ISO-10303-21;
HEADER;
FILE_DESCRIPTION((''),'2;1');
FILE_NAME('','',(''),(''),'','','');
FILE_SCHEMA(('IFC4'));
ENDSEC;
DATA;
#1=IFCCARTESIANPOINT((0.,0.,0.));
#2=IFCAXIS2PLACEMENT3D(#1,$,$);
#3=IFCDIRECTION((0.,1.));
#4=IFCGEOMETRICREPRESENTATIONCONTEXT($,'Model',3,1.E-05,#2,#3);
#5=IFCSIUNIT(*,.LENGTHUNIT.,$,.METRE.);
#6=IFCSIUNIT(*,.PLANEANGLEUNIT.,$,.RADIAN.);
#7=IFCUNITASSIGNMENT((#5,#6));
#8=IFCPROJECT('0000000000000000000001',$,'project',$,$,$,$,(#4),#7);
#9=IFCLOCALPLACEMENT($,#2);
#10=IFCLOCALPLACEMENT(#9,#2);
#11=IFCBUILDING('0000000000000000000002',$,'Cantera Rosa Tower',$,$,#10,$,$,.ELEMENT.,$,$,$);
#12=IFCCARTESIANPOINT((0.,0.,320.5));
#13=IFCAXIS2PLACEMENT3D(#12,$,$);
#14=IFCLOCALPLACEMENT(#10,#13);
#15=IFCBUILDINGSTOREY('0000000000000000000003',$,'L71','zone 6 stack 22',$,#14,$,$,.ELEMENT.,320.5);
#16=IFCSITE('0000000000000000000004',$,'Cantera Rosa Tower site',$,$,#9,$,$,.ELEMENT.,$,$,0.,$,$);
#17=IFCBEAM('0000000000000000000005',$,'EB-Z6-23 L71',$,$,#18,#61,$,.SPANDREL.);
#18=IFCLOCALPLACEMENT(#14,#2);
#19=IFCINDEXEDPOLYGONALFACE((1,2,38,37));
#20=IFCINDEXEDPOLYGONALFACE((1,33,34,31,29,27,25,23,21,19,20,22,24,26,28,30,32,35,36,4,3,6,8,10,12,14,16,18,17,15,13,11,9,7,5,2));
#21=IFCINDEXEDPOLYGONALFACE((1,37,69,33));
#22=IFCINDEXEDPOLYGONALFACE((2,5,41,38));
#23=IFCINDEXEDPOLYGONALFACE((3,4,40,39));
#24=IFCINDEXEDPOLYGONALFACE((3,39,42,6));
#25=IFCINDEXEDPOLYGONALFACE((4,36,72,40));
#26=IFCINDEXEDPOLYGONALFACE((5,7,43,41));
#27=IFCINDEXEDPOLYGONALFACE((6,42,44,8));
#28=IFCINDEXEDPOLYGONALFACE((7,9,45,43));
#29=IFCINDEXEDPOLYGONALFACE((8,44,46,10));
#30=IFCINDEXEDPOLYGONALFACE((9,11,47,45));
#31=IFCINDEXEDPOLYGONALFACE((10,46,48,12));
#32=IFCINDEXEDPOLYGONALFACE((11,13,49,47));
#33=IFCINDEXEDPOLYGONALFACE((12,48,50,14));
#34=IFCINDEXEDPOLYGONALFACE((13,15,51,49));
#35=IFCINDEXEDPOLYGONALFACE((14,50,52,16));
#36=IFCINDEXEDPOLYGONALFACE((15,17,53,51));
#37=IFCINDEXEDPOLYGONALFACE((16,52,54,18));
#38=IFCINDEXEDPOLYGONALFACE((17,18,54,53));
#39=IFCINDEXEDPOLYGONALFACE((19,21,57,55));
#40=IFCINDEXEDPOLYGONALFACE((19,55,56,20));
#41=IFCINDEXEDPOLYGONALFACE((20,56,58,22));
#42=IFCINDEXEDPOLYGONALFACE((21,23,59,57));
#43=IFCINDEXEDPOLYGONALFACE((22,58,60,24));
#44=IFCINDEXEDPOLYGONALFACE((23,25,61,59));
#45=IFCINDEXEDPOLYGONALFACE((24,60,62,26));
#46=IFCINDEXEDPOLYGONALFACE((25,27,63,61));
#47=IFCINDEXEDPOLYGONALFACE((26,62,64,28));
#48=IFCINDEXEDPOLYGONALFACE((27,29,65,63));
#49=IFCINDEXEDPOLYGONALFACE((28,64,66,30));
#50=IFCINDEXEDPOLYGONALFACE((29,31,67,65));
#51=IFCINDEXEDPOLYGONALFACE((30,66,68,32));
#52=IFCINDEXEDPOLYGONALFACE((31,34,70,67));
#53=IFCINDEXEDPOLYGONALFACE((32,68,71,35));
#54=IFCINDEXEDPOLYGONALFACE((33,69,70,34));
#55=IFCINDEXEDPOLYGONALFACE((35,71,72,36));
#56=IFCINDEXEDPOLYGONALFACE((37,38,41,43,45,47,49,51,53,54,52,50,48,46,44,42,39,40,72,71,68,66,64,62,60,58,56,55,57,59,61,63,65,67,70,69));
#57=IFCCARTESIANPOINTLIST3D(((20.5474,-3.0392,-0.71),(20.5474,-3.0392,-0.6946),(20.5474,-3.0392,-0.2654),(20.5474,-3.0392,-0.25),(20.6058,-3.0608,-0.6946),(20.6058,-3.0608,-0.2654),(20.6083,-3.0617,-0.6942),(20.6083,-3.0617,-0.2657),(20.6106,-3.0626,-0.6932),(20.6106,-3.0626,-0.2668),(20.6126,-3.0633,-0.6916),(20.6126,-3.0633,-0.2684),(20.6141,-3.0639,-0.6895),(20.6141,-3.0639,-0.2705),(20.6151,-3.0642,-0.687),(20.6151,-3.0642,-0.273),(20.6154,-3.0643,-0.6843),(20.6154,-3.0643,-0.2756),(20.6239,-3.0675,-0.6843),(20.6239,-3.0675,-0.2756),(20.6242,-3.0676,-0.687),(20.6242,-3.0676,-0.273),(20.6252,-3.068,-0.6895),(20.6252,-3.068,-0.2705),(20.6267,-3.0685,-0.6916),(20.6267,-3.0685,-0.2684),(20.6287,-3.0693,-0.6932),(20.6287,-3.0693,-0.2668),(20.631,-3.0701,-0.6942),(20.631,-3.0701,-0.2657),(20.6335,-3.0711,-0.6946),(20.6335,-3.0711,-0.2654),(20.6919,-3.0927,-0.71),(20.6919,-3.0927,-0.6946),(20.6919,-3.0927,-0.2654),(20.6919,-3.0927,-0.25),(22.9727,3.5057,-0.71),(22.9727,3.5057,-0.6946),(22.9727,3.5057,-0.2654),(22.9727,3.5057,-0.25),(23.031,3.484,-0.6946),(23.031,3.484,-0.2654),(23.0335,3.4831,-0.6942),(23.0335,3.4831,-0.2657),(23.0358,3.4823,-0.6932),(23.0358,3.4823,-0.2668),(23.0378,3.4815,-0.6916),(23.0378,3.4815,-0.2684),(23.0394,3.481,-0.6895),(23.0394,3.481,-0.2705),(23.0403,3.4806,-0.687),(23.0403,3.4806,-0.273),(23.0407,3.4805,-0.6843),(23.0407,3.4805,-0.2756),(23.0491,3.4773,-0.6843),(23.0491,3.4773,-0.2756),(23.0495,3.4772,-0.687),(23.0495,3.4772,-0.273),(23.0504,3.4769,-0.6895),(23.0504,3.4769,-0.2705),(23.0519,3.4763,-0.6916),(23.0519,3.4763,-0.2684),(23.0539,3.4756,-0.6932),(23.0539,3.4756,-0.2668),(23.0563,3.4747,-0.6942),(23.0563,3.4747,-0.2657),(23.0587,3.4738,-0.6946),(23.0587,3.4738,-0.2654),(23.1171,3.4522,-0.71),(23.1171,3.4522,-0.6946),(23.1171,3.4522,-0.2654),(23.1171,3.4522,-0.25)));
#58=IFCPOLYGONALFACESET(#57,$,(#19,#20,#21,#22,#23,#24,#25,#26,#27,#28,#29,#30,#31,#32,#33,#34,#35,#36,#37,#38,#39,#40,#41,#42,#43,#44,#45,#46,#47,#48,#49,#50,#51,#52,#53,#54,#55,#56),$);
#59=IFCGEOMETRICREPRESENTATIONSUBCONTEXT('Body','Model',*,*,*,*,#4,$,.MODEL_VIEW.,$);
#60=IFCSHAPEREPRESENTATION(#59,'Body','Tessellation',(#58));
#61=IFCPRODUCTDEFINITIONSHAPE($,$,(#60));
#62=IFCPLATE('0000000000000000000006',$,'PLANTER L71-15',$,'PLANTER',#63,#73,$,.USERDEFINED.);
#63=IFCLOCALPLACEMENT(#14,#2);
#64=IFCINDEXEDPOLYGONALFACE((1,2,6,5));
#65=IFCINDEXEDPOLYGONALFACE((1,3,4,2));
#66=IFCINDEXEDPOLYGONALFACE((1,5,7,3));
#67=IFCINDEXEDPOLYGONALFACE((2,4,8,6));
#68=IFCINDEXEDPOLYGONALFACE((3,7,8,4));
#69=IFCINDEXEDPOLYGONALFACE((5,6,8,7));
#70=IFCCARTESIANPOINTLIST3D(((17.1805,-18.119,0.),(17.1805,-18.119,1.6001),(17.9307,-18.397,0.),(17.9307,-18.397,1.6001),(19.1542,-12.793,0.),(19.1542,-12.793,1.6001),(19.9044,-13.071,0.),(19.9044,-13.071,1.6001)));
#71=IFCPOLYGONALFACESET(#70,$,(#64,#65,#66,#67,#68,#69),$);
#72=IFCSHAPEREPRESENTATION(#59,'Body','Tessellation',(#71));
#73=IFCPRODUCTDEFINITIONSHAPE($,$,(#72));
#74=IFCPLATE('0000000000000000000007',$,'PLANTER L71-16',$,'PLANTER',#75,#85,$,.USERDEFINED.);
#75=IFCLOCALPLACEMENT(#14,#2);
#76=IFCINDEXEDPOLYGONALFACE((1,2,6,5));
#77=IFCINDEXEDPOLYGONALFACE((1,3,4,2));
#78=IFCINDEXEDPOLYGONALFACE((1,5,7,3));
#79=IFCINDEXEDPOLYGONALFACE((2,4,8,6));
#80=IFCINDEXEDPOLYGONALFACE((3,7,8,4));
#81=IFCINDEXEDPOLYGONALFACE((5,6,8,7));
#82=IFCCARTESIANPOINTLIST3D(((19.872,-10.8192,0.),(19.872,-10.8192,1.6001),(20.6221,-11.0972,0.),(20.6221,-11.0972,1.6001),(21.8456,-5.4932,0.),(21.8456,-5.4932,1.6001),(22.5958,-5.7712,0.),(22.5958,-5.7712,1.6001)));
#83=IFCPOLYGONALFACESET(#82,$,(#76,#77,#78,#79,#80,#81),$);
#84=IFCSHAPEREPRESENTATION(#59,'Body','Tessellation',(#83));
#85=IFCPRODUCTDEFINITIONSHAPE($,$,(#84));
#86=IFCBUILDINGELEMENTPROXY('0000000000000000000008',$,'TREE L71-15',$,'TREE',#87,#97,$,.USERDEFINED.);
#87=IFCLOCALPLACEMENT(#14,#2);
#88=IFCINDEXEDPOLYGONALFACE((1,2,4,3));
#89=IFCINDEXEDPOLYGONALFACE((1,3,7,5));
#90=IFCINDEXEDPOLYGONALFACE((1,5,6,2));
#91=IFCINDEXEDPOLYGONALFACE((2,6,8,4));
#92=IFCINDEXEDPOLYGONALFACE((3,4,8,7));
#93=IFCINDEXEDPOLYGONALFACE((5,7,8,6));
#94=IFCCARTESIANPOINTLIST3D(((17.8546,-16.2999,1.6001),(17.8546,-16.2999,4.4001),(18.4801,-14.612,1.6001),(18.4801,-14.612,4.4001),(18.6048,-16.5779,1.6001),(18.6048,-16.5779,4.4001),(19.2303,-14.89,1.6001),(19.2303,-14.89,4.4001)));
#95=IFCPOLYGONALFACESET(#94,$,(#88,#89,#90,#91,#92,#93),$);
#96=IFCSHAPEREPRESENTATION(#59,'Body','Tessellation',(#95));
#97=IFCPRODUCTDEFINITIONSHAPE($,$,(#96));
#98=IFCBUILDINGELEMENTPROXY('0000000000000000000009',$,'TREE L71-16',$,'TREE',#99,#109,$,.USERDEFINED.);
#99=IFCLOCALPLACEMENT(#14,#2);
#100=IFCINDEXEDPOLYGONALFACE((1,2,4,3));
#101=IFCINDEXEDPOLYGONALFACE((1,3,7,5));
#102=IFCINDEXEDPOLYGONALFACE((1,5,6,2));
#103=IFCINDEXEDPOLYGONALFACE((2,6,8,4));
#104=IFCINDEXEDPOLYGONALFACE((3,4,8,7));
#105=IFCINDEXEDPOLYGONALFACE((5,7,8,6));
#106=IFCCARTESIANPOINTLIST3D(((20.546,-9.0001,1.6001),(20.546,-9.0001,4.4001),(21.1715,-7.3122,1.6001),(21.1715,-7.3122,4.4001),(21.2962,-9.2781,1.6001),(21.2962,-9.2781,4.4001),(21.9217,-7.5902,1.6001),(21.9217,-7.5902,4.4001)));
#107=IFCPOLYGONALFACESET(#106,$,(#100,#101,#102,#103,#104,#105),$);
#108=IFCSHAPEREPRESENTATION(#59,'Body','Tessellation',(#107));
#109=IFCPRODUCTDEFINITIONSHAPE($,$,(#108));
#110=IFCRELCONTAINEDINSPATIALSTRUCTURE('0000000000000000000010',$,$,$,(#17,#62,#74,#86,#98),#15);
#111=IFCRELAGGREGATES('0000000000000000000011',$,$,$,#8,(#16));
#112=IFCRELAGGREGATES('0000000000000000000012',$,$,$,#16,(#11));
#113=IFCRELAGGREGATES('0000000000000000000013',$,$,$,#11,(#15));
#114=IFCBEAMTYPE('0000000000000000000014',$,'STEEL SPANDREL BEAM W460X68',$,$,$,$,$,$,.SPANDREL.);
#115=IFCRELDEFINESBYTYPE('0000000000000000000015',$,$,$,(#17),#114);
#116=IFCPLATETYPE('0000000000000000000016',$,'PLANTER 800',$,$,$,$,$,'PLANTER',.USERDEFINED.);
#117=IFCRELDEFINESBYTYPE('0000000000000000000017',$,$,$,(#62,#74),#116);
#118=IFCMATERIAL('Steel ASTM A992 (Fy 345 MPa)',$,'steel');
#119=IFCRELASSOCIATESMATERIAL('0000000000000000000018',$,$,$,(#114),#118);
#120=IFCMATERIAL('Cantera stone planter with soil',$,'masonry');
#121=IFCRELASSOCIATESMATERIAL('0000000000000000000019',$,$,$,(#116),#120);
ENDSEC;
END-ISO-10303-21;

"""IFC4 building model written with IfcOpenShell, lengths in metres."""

from ifc_helpers import new_model, si_unit, direction, frame, origin, origin_2d, place, context, subcontext, project, spatial, rectangle, i_section, extrude, material, material_profile, profile_set, type_object, element, save


model = new_model("IFC4")

# Units and contexts
model_context = context("Model", 3, precision=1e-05, world=origin(), true_north=direction((0.0, 1.0)))
body_context = subcontext(model_context, "Body", "Model", "MODEL_VIEW")
ifc_project = project(units=[si_unit("LENGTHUNIT", "METRE"), si_unit("PLANEANGLEUNIT", "RADIAN")], contexts=[model_context])

# Site, building, storey
site_placement = place(None, origin())
site = spatial("IfcSite", under=ifc_project, at=site_placement, Name="Cantera Rosa Tower site", CompositionType="ELEMENT", RefElevation=0.0)
building_placement = place(site_placement, origin())
building = spatial("IfcBuilding", under=site, at=building_placement, Name="Cantera Rosa Tower", CompositionType="ELEMENT")
storey_placement = place(building_placement, frame((0.0, 0.0, 320.5)))
storey = spatial("IfcBuildingStorey", under=building, at=storey_placement, Name="L71", Description="zone 6 stack 22", CompositionType="ELEMENT", Elevation=320.5)

# Beam
ifc_material_1 = material(Name="Steel ASTM A992 (Fy 345 MPa)", Category="steel")
ifc_material_profile_1 = material_profile(ifc_material_1, i_section(OverallWidth=0.1541, OverallDepth=0.46, WebThickness=0.009, FlangeThickness=0.0154, FilletRadius=0.0103, at=origin_2d()), Name="W460X68")
ifc_profile_set_1 = profile_set([ifc_material_profile_1], Name="Steel ASTM A992 (Fy 345 MPa)")
beam_type_1 = type_object("IfcBeamType", Name="STEEL SPANDREL BEAM W460X68", PredefinedType="SPANDREL", material=ifc_profile_set_1)
beam_1_placement = place(storey_placement, frame((20.6196, -3.0659, -0.48), z_axis=(0.347472, 0.937691, 0.0), x_axis=(-0.937691, 0.347472, 0.0)))
element("IfcBeam", 1, at=beam_1_placement, inside=storey, type_object=beam_type_1, Name="EB-Z6-23 L71", PredefinedType="SPANDREL", context=body_context, shape_type="SweptSolid", body=[
    extrude(i_section(OverallWidth=0.1541, OverallDepth=0.46, WebThickness=0.009, FlangeThickness=0.0154, FilletRadius=0.0103, at=origin_2d()), origin(), (0.0, 0.0, 1.0), 6.9797),
])

# Plates
ifc_material_2 = material(Name="Cantera stone planter with soil", Category="masonry")
plate_type = type_object("IfcPlateType", Name="PLANTER 800", ElementType="PLANTER", PredefinedType="USERDEFINED", material=ifc_material_2)
for number, where, z_axis, x_axis, name in (
    (2, (18.5425, -15.595, 0.0), (0.0, 0.0, 1.0), (0.347481, 0.937687, 0.0), "PLANTER L71-15"),
    (3, (21.2339, -8.2952, 0.0), (0.0, 0.0, 1.0), (0.347481, 0.937687, 0.0), "PLANTER L71-16"),
):
    element("IfcPlate", number, at=place(storey_placement, frame(where, z_axis=z_axis, x_axis=x_axis)), inside=storey, type_object=plate_type, Name=name, ObjectType="PLANTER", PredefinedType="USERDEFINED", context=body_context, shape_type="SweptSolid", body=[
        extrude(rectangle(XDim=5.6799, YDim=0.8, at=origin_2d()), origin(), (0.0, 0.0, 1.0), 1.6001),
    ])

# Building element proxies
for number, where, z_axis, x_axis, name in (
    (4, (18.5425, -15.595, 1.6001), (0.0, 0.0, 1.0), (0.347481, 0.937687, 0.0), "TREE L71-15"),
    (5, (21.2339, -8.2952, 1.6001), (0.0, 0.0, 1.0), (0.347481, 0.937687, 0.0), "TREE L71-16"),
):
    element("IfcBuildingElementProxy", number, at=place(storey_placement, frame(where, z_axis=z_axis, x_axis=x_axis)), inside=storey, Name=name, ObjectType="TREE", PredefinedType="USERDEFINED", context=body_context, shape_type="SweptSolid", body=[
        extrude(rectangle(XDim=1.8, YDim=0.8, at=origin_2d()), origin(), (0.0, 0.0, 1.0), 2.8),
    ])

save(model, "model.ifc")
